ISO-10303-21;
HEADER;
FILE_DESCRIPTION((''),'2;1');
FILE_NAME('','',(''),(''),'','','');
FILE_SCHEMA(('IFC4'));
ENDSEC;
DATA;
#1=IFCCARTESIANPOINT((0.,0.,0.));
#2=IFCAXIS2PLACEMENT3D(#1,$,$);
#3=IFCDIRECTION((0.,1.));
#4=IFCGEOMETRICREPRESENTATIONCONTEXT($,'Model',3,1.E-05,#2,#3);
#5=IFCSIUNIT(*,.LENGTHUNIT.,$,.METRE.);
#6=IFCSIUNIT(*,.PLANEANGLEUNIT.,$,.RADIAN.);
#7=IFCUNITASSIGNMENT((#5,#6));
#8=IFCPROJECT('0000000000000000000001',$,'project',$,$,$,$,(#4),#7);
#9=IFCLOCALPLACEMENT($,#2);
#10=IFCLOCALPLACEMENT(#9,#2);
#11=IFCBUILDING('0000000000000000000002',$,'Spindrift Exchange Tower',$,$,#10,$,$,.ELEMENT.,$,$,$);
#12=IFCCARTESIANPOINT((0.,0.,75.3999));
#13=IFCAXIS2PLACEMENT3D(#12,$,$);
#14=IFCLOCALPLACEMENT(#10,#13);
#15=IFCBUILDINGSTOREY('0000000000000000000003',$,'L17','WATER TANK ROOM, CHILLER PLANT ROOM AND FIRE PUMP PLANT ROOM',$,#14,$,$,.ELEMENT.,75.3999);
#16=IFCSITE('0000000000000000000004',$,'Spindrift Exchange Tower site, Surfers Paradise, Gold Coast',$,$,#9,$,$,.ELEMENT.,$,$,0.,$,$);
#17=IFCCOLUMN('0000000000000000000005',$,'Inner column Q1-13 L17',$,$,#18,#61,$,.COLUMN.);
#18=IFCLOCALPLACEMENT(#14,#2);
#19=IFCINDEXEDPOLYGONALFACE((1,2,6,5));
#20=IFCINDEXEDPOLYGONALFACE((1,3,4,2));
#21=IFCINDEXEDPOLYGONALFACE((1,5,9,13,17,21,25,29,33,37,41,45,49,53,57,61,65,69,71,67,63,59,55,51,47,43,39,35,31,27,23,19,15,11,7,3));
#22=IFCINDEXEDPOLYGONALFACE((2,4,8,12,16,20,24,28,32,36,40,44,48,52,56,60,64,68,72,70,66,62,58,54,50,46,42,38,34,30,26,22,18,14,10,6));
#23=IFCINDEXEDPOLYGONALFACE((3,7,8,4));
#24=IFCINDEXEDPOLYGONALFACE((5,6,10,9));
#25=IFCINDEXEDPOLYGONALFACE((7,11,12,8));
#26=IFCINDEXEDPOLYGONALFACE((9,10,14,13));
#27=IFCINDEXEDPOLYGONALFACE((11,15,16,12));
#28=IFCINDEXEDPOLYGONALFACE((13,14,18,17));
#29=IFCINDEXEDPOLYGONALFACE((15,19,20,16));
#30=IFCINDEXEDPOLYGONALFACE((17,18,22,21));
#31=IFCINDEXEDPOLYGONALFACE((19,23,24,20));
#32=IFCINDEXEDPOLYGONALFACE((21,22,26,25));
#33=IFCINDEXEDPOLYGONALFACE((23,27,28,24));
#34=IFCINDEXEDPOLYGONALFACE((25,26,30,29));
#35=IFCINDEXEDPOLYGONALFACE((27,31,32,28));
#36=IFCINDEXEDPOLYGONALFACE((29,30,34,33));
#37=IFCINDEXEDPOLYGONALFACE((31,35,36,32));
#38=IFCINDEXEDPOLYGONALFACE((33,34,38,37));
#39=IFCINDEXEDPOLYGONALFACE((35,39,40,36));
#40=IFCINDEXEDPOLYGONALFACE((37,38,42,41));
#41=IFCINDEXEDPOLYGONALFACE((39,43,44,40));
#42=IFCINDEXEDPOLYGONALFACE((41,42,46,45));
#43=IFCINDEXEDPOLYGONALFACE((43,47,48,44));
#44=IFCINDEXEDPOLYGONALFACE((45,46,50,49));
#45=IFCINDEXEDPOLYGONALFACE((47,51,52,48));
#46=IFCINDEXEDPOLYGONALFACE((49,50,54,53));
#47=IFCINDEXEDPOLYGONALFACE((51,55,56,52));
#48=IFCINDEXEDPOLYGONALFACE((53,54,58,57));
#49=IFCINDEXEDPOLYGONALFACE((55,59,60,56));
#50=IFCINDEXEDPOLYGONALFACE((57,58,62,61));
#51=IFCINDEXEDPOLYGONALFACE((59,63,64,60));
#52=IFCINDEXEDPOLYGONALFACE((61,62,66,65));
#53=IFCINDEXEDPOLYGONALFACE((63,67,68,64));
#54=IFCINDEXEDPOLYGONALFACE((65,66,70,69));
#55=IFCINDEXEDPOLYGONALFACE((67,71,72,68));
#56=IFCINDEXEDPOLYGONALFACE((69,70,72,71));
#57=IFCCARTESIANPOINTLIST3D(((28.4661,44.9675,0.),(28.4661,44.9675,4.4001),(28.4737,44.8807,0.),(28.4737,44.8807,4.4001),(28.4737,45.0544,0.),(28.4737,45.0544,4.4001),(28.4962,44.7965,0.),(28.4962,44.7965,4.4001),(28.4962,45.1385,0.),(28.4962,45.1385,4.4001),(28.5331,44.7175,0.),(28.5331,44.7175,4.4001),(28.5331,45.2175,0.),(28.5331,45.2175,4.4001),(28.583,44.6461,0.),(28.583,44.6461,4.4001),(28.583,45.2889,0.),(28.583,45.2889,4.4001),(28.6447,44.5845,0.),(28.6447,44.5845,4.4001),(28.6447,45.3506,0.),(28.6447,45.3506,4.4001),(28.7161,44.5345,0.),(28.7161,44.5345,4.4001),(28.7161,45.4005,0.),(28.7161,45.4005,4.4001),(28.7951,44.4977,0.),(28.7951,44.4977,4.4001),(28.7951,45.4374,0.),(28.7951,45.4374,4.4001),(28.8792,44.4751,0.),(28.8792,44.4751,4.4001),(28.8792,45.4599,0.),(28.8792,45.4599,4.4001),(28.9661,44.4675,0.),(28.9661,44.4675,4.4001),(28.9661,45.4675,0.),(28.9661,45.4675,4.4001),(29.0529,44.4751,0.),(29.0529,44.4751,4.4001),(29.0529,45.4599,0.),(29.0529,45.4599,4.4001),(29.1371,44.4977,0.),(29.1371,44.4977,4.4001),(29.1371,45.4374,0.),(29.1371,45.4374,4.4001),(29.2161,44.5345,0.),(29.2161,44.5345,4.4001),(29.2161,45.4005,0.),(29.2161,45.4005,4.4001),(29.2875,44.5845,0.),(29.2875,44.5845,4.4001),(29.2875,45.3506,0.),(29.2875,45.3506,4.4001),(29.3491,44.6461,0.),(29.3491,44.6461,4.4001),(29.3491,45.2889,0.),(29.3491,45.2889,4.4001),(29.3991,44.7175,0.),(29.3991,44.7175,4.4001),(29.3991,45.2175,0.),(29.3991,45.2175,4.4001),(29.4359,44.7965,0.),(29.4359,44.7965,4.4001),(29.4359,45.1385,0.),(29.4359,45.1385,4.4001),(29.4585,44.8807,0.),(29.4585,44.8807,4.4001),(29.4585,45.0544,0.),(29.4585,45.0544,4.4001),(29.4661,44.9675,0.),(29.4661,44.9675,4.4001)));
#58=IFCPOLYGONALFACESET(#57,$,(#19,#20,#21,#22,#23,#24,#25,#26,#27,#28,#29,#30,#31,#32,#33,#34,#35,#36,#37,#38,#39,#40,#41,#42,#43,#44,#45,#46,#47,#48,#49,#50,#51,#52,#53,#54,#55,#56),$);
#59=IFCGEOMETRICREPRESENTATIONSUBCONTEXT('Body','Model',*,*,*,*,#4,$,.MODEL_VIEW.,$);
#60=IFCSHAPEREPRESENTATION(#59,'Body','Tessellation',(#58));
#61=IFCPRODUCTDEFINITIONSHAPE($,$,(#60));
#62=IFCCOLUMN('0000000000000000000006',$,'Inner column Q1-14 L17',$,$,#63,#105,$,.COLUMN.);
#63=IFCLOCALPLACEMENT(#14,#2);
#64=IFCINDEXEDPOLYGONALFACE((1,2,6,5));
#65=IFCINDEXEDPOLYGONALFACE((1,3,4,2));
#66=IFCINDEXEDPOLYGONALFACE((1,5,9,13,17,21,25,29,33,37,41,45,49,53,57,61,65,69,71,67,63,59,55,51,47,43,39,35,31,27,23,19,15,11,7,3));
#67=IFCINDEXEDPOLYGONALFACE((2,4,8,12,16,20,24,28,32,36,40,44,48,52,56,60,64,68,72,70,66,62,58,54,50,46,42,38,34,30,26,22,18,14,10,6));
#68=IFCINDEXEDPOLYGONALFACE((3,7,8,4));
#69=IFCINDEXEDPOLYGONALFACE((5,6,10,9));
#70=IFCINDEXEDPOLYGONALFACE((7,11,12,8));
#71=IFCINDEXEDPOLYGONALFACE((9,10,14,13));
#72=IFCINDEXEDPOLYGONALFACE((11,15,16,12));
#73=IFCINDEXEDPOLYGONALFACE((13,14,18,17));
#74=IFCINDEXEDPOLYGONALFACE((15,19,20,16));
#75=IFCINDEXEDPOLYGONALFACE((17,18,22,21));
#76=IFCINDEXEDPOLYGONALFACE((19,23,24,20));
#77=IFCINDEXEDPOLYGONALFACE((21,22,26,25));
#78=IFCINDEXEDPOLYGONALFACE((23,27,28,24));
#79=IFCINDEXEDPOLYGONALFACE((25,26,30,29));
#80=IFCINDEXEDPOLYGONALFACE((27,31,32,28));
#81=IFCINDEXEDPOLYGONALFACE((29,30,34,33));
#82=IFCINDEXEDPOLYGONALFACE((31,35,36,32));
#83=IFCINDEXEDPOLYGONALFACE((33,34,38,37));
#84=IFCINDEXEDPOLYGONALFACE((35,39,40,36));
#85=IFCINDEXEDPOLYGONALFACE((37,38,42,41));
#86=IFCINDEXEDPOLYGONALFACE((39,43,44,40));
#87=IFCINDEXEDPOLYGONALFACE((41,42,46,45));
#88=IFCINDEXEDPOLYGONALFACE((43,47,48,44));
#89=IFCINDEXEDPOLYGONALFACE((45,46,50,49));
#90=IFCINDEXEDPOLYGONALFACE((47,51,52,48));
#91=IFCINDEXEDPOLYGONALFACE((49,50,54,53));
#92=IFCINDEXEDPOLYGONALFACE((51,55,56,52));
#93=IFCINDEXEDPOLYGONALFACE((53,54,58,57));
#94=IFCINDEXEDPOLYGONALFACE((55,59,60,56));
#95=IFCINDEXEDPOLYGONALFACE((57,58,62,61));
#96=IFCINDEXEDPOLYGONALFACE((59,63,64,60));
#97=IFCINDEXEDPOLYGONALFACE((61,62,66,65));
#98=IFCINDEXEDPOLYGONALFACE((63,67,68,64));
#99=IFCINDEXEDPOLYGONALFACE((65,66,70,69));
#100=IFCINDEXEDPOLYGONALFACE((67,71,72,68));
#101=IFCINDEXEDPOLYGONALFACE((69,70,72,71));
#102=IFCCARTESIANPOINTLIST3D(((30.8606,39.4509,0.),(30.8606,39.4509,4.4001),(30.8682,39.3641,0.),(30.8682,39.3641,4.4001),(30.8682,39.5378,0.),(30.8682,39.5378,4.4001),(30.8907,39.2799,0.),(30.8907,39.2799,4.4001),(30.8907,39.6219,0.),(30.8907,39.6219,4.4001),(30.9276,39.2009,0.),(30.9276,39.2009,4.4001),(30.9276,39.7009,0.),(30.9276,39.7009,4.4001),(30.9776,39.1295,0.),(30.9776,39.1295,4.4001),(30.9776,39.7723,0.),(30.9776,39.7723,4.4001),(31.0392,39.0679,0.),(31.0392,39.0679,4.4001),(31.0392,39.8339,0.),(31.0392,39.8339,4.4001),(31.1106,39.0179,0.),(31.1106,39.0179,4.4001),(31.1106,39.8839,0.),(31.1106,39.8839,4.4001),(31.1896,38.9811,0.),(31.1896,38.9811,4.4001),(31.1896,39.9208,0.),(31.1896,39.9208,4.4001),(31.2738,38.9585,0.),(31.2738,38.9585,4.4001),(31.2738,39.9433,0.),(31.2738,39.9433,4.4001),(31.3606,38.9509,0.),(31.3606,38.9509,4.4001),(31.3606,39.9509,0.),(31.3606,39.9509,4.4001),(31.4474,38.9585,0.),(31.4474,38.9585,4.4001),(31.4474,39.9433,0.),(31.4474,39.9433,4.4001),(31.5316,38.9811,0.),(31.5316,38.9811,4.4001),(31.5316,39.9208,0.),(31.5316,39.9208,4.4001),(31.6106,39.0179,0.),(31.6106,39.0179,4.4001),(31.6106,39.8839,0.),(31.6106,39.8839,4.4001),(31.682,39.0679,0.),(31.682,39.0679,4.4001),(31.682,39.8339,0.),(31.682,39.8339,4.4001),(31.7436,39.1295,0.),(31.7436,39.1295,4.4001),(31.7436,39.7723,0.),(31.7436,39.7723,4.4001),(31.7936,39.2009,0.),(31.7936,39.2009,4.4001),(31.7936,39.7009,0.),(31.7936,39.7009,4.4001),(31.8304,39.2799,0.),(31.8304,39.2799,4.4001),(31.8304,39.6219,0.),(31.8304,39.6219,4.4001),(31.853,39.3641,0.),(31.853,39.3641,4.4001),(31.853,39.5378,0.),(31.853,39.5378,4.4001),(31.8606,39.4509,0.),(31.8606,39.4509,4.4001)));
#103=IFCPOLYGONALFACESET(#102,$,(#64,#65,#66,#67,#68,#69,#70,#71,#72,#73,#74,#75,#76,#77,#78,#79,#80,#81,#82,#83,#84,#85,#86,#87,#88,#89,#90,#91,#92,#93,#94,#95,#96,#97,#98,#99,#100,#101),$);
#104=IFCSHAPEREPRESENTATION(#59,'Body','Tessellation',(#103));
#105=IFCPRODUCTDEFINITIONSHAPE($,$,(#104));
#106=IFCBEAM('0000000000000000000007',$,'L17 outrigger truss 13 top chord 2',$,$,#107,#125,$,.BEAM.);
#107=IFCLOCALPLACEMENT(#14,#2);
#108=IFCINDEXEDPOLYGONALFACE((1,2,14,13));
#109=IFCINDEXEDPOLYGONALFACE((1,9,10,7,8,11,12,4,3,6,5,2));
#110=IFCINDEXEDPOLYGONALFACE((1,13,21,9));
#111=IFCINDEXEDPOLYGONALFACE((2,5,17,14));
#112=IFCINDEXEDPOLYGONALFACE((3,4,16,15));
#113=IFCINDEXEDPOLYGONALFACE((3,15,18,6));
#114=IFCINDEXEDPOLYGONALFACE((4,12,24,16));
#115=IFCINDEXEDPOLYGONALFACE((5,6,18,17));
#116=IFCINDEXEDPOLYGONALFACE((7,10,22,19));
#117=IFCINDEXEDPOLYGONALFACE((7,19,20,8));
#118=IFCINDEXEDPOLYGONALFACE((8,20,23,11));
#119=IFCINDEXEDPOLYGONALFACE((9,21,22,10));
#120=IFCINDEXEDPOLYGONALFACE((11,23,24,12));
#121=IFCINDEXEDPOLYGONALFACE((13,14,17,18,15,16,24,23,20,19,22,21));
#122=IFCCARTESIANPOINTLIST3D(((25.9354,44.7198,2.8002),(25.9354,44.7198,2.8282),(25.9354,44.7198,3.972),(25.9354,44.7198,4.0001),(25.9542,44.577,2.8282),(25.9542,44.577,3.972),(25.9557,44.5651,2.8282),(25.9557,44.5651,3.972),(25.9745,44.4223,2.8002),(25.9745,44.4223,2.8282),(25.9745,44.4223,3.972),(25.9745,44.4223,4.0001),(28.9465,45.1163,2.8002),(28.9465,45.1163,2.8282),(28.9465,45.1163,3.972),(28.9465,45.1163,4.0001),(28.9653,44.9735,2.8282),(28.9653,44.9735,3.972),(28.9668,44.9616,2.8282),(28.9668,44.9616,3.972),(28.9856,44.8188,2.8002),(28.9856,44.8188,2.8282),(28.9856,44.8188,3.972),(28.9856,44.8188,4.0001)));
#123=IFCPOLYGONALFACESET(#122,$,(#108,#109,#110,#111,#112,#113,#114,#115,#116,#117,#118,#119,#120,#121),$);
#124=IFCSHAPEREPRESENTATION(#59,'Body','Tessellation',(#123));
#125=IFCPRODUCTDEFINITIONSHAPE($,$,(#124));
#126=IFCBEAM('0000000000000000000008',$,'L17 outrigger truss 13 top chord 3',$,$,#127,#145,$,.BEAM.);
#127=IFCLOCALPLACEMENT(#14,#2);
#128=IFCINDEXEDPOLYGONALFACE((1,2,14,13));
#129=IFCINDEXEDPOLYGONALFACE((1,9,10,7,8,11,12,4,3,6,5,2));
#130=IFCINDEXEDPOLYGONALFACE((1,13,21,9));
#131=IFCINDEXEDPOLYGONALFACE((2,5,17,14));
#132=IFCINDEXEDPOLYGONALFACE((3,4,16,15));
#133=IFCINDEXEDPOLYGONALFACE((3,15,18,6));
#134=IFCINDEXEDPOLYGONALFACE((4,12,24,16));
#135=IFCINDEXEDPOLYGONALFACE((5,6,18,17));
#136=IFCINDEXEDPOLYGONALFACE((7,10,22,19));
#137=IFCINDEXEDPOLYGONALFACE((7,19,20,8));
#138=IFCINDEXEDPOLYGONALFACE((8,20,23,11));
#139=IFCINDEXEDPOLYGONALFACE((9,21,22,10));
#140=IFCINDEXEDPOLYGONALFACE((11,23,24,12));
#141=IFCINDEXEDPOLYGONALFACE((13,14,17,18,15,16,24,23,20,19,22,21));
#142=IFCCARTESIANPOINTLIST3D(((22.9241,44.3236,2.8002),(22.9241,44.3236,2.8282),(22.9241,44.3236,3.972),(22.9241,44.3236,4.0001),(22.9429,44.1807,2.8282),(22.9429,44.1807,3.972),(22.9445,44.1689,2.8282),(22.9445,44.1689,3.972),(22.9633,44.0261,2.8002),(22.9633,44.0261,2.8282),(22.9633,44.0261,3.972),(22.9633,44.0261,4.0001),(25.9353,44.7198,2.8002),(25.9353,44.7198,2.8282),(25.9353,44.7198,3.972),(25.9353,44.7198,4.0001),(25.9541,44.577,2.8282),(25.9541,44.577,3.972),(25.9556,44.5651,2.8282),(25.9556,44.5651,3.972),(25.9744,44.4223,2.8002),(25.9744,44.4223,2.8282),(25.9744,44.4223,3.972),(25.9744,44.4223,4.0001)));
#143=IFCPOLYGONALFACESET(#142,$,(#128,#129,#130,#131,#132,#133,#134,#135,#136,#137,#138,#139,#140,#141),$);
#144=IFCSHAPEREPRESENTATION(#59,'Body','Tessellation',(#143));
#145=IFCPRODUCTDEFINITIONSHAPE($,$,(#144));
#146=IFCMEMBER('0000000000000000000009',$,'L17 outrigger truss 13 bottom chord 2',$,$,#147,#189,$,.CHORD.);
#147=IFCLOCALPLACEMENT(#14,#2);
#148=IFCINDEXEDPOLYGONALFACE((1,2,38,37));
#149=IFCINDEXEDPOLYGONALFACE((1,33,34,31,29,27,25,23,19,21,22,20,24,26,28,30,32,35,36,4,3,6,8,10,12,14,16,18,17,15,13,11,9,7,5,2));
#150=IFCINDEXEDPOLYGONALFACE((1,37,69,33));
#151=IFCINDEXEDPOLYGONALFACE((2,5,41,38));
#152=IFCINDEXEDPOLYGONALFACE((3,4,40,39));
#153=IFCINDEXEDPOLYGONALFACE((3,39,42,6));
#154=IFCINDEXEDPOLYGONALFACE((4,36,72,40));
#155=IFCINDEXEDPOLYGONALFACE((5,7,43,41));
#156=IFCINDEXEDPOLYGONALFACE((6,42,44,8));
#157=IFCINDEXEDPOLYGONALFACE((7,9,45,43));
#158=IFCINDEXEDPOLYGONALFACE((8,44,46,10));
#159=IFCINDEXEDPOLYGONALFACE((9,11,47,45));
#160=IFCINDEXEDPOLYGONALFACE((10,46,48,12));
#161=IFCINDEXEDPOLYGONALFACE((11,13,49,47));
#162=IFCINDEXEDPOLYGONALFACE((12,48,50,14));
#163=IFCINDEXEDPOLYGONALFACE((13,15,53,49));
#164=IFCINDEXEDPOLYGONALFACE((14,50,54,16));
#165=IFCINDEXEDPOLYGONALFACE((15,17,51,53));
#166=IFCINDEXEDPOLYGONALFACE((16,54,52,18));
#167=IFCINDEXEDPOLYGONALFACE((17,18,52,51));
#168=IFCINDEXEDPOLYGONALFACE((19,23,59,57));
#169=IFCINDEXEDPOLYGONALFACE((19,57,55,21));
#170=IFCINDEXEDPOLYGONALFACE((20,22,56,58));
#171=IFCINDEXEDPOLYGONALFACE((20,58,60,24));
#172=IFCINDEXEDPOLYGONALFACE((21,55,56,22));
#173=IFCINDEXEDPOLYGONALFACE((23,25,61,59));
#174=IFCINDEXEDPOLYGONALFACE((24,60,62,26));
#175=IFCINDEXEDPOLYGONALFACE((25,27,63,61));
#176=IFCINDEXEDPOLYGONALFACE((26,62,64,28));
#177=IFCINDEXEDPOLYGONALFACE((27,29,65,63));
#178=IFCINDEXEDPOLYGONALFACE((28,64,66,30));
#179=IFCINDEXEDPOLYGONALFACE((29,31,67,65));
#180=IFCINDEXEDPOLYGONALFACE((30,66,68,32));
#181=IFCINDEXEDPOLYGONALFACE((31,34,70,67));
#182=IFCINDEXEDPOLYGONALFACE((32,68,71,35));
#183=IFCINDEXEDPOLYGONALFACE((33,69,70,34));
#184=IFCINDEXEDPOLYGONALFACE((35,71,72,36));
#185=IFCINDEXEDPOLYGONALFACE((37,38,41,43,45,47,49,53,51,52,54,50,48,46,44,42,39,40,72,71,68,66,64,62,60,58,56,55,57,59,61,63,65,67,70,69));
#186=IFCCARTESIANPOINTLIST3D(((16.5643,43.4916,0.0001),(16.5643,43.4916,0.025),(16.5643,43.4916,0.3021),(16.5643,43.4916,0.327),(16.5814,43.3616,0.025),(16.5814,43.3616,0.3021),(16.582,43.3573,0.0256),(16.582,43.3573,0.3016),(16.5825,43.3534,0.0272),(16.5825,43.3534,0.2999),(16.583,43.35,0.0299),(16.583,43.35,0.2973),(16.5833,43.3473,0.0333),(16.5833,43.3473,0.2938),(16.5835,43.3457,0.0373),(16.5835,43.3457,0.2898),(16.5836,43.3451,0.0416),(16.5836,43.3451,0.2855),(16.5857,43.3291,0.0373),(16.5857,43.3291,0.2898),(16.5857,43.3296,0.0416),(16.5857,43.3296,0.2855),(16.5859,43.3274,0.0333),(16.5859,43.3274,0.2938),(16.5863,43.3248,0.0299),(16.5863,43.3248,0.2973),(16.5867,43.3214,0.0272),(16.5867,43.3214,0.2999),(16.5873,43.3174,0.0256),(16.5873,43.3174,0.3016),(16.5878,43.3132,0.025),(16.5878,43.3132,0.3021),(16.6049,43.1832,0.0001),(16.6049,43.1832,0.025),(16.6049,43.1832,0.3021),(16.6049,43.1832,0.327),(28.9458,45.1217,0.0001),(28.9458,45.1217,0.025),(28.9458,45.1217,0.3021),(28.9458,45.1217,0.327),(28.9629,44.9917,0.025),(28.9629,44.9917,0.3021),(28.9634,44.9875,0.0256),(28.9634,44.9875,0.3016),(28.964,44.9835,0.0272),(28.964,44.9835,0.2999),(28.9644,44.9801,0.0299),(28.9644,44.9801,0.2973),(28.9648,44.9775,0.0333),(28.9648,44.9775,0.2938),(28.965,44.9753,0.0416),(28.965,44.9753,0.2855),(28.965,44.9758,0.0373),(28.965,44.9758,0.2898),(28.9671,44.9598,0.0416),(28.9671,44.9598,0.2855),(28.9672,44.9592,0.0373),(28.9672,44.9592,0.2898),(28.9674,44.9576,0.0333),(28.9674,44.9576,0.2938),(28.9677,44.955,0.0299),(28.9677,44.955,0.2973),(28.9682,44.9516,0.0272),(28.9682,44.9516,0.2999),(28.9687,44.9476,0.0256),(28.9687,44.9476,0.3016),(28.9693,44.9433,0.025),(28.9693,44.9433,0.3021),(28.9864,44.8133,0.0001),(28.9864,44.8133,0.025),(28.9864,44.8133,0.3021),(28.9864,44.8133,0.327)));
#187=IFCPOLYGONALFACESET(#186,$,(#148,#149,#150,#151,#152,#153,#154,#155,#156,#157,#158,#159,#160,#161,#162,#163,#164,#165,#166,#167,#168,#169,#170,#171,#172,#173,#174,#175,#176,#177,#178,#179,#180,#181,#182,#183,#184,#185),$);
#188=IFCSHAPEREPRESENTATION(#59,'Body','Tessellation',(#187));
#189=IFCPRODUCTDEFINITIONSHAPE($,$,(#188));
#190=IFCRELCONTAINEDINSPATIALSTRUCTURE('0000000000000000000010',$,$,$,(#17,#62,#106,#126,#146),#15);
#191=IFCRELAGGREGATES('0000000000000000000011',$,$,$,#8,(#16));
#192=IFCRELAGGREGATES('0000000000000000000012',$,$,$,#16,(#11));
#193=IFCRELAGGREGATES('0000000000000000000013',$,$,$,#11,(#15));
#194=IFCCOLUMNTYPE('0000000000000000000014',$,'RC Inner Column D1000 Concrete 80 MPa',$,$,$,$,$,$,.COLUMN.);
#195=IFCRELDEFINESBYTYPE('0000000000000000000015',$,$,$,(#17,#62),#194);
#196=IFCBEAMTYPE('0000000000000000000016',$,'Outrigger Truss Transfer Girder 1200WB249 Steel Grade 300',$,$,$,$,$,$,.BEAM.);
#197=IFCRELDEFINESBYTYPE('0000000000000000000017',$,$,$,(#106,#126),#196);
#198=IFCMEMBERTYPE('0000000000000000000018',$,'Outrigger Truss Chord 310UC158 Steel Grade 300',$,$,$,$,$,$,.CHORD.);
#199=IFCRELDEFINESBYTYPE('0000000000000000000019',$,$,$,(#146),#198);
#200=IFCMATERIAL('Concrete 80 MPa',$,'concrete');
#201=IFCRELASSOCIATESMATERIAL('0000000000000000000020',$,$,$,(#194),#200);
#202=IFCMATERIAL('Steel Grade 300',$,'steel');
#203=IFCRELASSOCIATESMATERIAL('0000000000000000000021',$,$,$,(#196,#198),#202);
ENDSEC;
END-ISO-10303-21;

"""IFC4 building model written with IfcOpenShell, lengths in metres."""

from ifc_helpers import new_model, si_unit, direction, frame, origin, origin_2d, place, context, subcontext, project, spatial, circle, i_section, extrude, source, transform, mapped, material, material_profile, profile_set, type_object, element, save


model = new_model("IFC4")

# Units and contexts
model_context = context("Model", 3, precision=1e-05, world=origin(), true_north=direction((0.0, 1.0)))
body_context = subcontext(model_context, "Body", "Model", "MODEL_VIEW")
ifc_project = project(units=[si_unit("LENGTHUNIT", "METRE"), si_unit("PLANEANGLEUNIT", "RADIAN")], contexts=[model_context])

# Site, building, storey
site_placement = place(None, origin())
site = spatial("IfcSite", under=ifc_project, at=site_placement, Name="Spindrift Exchange Tower site, Surfers Paradise, Gold Coast", CompositionType="ELEMENT", RefElevation=0.0)
building_placement = place(site_placement, origin())
building = spatial("IfcBuilding", under=site, at=building_placement, Name="Spindrift Exchange Tower", CompositionType="ELEMENT")
storey_placement = place(building_placement, frame((0.0, 0.0, 75.3999)))
storey = spatial("IfcBuildingStorey", under=building, at=storey_placement, Name="L17", Description="WATER TANK ROOM, CHILLER PLANT ROOM AND FIRE PUMP PLANT ROOM", CompositionType="ELEMENT", Elevation=75.3999)

# Columns
ifc_material_1 = material(Name="Concrete 80 MPa", Category="concrete")
ifc_material_profile_1 = material_profile(ifc_material_1, circle(Radius=0.5, at=origin_2d()), Name="RC D1000")
ifc_profile_set_1 = profile_set([ifc_material_profile_1], Name="Concrete 80 MPa")
column_type = type_object("IfcColumnType", Name="RC Inner Column D1000 Concrete 80 MPa", PredefinedType="COLUMN", material=ifc_profile_set_1)
shared_shape_1 = source(origin(), body_context, "Body", "SweptSolid", [
    extrude(circle(Radius=0.5, at=origin_2d()), origin(), (0.0, 0.0, 1.0), 4.4001),
])
for number, where, z_axis, x_axis, name in (
    (1, (28.9661, 44.9675, 0.0), (0.0, 0.0, 1.0), (1.0, 0.0, 0.0), "Inner column Q1-13 L17"),
    (2, (31.3606, 39.4509, 0.0), (0.0, 0.0, 1.0), (1.0, 0.0, 0.0), "Inner column Q1-14 L17"),
):
    element("IfcColumn", number, at=place(storey_placement, frame(where, z_axis=z_axis, x_axis=x_axis)), inside=storey, type_object=column_type, Name=name, PredefinedType="COLUMN", context=body_context, shape_type="MappedRepresentation", body=[
        mapped(shared_shape_1, transform((0.0, 0.0, 0.0), scale=1.0)),
    ])

# Beams
ifc_material_2 = material(Name="Steel Grade 300", Category="steel")
ifc_material_profile_2 = material_profile(ifc_material_2, i_section(OverallWidth=0.3, OverallDepth=1.2, WebThickness=0.012, FlangeThickness=0.0281, at=origin_2d()), Name="1200WB249")
ifc_profile_set_2 = profile_set([ifc_material_profile_2], Name="Steel Grade 300")
beam_type = type_object("IfcBeamType", Name="Outrigger Truss Transfer Girder 1200WB249 Steel Grade 300", PredefinedType="BEAM", material=ifc_profile_set_2)
shared_shape_2 = source(origin(), body_context, "Body", "SweptSolid", [
    extrude(i_section(OverallWidth=0.3, OverallDepth=1.2, WebThickness=0.012, FlangeThickness=0.0281, at=origin_2d()), origin(), (0.0, 0.0, 1.0), 3.0371),
])
for number, where, z_axis, x_axis, name in (
    (3, (28.9661, 44.9675, 3.4001), (-0.991443, -0.130542, 0.0), (0.130542, -0.991443, 0.0), "L17 outrigger truss 13 top chord 2"),
    (4, (25.9548, 44.571, 3.4001), (-0.991453, -0.130463, 0.0), (0.130463, -0.991453, 0.0), "L17 outrigger truss 13 top chord 3"),
):
    element("IfcBeam", number, at=place(storey_placement, frame(where, z_axis=z_axis, x_axis=x_axis)), inside=storey, type_object=beam_type, Name=name, PredefinedType="BEAM", context=body_context, shape_type="MappedRepresentation", body=[
        mapped(shared_shape_2, transform((0.0, 0.0, 0.0), scale=1.0)),
    ])

# Member
ifc_material_profile_3 = material_profile(ifc_material_2, i_section(OverallWidth=0.311, OverallDepth=0.3269, WebThickness=0.0156, FlangeThickness=0.0249, FilletRadius=0.0166, at=origin_2d()), Name="310UC158")
ifc_profile_set_3 = profile_set([ifc_material_profile_3], Name="Steel Grade 300")
member_type_1 = type_object("IfcMemberType", Name="Outrigger Truss Chord 310UC158 Steel Grade 300", PredefinedType="CHORD", material=ifc_profile_set_3)
shared_shape_3 = source(origin(), body_context, "Body", "SweptSolid", [
    extrude(i_section(OverallWidth=0.311, OverallDepth=0.3269, WebThickness=0.0156, FlangeThickness=0.0249, FilletRadius=0.0166, at=origin_2d()), origin(), (0.0, 0.0, 1.0), 12.4883),
])
member_1_placement = place(storey_placement, frame((28.9661, 44.9675, 0.1636), z_axis=(-0.991444, -0.130533, 0.0), x_axis=(0.130533, -0.991444, 0.0)))
element("IfcMember", 5, at=member_1_placement, inside=storey, type_object=member_type_1, Name="L17 outrigger truss 13 bottom chord 2", PredefinedType="CHORD", context=body_context, shape_type="MappedRepresentation", body=[
    mapped(shared_shape_3, transform((0.0, 0.0, 0.0), scale=1.0)),
])

save(model, "model.ifc")
